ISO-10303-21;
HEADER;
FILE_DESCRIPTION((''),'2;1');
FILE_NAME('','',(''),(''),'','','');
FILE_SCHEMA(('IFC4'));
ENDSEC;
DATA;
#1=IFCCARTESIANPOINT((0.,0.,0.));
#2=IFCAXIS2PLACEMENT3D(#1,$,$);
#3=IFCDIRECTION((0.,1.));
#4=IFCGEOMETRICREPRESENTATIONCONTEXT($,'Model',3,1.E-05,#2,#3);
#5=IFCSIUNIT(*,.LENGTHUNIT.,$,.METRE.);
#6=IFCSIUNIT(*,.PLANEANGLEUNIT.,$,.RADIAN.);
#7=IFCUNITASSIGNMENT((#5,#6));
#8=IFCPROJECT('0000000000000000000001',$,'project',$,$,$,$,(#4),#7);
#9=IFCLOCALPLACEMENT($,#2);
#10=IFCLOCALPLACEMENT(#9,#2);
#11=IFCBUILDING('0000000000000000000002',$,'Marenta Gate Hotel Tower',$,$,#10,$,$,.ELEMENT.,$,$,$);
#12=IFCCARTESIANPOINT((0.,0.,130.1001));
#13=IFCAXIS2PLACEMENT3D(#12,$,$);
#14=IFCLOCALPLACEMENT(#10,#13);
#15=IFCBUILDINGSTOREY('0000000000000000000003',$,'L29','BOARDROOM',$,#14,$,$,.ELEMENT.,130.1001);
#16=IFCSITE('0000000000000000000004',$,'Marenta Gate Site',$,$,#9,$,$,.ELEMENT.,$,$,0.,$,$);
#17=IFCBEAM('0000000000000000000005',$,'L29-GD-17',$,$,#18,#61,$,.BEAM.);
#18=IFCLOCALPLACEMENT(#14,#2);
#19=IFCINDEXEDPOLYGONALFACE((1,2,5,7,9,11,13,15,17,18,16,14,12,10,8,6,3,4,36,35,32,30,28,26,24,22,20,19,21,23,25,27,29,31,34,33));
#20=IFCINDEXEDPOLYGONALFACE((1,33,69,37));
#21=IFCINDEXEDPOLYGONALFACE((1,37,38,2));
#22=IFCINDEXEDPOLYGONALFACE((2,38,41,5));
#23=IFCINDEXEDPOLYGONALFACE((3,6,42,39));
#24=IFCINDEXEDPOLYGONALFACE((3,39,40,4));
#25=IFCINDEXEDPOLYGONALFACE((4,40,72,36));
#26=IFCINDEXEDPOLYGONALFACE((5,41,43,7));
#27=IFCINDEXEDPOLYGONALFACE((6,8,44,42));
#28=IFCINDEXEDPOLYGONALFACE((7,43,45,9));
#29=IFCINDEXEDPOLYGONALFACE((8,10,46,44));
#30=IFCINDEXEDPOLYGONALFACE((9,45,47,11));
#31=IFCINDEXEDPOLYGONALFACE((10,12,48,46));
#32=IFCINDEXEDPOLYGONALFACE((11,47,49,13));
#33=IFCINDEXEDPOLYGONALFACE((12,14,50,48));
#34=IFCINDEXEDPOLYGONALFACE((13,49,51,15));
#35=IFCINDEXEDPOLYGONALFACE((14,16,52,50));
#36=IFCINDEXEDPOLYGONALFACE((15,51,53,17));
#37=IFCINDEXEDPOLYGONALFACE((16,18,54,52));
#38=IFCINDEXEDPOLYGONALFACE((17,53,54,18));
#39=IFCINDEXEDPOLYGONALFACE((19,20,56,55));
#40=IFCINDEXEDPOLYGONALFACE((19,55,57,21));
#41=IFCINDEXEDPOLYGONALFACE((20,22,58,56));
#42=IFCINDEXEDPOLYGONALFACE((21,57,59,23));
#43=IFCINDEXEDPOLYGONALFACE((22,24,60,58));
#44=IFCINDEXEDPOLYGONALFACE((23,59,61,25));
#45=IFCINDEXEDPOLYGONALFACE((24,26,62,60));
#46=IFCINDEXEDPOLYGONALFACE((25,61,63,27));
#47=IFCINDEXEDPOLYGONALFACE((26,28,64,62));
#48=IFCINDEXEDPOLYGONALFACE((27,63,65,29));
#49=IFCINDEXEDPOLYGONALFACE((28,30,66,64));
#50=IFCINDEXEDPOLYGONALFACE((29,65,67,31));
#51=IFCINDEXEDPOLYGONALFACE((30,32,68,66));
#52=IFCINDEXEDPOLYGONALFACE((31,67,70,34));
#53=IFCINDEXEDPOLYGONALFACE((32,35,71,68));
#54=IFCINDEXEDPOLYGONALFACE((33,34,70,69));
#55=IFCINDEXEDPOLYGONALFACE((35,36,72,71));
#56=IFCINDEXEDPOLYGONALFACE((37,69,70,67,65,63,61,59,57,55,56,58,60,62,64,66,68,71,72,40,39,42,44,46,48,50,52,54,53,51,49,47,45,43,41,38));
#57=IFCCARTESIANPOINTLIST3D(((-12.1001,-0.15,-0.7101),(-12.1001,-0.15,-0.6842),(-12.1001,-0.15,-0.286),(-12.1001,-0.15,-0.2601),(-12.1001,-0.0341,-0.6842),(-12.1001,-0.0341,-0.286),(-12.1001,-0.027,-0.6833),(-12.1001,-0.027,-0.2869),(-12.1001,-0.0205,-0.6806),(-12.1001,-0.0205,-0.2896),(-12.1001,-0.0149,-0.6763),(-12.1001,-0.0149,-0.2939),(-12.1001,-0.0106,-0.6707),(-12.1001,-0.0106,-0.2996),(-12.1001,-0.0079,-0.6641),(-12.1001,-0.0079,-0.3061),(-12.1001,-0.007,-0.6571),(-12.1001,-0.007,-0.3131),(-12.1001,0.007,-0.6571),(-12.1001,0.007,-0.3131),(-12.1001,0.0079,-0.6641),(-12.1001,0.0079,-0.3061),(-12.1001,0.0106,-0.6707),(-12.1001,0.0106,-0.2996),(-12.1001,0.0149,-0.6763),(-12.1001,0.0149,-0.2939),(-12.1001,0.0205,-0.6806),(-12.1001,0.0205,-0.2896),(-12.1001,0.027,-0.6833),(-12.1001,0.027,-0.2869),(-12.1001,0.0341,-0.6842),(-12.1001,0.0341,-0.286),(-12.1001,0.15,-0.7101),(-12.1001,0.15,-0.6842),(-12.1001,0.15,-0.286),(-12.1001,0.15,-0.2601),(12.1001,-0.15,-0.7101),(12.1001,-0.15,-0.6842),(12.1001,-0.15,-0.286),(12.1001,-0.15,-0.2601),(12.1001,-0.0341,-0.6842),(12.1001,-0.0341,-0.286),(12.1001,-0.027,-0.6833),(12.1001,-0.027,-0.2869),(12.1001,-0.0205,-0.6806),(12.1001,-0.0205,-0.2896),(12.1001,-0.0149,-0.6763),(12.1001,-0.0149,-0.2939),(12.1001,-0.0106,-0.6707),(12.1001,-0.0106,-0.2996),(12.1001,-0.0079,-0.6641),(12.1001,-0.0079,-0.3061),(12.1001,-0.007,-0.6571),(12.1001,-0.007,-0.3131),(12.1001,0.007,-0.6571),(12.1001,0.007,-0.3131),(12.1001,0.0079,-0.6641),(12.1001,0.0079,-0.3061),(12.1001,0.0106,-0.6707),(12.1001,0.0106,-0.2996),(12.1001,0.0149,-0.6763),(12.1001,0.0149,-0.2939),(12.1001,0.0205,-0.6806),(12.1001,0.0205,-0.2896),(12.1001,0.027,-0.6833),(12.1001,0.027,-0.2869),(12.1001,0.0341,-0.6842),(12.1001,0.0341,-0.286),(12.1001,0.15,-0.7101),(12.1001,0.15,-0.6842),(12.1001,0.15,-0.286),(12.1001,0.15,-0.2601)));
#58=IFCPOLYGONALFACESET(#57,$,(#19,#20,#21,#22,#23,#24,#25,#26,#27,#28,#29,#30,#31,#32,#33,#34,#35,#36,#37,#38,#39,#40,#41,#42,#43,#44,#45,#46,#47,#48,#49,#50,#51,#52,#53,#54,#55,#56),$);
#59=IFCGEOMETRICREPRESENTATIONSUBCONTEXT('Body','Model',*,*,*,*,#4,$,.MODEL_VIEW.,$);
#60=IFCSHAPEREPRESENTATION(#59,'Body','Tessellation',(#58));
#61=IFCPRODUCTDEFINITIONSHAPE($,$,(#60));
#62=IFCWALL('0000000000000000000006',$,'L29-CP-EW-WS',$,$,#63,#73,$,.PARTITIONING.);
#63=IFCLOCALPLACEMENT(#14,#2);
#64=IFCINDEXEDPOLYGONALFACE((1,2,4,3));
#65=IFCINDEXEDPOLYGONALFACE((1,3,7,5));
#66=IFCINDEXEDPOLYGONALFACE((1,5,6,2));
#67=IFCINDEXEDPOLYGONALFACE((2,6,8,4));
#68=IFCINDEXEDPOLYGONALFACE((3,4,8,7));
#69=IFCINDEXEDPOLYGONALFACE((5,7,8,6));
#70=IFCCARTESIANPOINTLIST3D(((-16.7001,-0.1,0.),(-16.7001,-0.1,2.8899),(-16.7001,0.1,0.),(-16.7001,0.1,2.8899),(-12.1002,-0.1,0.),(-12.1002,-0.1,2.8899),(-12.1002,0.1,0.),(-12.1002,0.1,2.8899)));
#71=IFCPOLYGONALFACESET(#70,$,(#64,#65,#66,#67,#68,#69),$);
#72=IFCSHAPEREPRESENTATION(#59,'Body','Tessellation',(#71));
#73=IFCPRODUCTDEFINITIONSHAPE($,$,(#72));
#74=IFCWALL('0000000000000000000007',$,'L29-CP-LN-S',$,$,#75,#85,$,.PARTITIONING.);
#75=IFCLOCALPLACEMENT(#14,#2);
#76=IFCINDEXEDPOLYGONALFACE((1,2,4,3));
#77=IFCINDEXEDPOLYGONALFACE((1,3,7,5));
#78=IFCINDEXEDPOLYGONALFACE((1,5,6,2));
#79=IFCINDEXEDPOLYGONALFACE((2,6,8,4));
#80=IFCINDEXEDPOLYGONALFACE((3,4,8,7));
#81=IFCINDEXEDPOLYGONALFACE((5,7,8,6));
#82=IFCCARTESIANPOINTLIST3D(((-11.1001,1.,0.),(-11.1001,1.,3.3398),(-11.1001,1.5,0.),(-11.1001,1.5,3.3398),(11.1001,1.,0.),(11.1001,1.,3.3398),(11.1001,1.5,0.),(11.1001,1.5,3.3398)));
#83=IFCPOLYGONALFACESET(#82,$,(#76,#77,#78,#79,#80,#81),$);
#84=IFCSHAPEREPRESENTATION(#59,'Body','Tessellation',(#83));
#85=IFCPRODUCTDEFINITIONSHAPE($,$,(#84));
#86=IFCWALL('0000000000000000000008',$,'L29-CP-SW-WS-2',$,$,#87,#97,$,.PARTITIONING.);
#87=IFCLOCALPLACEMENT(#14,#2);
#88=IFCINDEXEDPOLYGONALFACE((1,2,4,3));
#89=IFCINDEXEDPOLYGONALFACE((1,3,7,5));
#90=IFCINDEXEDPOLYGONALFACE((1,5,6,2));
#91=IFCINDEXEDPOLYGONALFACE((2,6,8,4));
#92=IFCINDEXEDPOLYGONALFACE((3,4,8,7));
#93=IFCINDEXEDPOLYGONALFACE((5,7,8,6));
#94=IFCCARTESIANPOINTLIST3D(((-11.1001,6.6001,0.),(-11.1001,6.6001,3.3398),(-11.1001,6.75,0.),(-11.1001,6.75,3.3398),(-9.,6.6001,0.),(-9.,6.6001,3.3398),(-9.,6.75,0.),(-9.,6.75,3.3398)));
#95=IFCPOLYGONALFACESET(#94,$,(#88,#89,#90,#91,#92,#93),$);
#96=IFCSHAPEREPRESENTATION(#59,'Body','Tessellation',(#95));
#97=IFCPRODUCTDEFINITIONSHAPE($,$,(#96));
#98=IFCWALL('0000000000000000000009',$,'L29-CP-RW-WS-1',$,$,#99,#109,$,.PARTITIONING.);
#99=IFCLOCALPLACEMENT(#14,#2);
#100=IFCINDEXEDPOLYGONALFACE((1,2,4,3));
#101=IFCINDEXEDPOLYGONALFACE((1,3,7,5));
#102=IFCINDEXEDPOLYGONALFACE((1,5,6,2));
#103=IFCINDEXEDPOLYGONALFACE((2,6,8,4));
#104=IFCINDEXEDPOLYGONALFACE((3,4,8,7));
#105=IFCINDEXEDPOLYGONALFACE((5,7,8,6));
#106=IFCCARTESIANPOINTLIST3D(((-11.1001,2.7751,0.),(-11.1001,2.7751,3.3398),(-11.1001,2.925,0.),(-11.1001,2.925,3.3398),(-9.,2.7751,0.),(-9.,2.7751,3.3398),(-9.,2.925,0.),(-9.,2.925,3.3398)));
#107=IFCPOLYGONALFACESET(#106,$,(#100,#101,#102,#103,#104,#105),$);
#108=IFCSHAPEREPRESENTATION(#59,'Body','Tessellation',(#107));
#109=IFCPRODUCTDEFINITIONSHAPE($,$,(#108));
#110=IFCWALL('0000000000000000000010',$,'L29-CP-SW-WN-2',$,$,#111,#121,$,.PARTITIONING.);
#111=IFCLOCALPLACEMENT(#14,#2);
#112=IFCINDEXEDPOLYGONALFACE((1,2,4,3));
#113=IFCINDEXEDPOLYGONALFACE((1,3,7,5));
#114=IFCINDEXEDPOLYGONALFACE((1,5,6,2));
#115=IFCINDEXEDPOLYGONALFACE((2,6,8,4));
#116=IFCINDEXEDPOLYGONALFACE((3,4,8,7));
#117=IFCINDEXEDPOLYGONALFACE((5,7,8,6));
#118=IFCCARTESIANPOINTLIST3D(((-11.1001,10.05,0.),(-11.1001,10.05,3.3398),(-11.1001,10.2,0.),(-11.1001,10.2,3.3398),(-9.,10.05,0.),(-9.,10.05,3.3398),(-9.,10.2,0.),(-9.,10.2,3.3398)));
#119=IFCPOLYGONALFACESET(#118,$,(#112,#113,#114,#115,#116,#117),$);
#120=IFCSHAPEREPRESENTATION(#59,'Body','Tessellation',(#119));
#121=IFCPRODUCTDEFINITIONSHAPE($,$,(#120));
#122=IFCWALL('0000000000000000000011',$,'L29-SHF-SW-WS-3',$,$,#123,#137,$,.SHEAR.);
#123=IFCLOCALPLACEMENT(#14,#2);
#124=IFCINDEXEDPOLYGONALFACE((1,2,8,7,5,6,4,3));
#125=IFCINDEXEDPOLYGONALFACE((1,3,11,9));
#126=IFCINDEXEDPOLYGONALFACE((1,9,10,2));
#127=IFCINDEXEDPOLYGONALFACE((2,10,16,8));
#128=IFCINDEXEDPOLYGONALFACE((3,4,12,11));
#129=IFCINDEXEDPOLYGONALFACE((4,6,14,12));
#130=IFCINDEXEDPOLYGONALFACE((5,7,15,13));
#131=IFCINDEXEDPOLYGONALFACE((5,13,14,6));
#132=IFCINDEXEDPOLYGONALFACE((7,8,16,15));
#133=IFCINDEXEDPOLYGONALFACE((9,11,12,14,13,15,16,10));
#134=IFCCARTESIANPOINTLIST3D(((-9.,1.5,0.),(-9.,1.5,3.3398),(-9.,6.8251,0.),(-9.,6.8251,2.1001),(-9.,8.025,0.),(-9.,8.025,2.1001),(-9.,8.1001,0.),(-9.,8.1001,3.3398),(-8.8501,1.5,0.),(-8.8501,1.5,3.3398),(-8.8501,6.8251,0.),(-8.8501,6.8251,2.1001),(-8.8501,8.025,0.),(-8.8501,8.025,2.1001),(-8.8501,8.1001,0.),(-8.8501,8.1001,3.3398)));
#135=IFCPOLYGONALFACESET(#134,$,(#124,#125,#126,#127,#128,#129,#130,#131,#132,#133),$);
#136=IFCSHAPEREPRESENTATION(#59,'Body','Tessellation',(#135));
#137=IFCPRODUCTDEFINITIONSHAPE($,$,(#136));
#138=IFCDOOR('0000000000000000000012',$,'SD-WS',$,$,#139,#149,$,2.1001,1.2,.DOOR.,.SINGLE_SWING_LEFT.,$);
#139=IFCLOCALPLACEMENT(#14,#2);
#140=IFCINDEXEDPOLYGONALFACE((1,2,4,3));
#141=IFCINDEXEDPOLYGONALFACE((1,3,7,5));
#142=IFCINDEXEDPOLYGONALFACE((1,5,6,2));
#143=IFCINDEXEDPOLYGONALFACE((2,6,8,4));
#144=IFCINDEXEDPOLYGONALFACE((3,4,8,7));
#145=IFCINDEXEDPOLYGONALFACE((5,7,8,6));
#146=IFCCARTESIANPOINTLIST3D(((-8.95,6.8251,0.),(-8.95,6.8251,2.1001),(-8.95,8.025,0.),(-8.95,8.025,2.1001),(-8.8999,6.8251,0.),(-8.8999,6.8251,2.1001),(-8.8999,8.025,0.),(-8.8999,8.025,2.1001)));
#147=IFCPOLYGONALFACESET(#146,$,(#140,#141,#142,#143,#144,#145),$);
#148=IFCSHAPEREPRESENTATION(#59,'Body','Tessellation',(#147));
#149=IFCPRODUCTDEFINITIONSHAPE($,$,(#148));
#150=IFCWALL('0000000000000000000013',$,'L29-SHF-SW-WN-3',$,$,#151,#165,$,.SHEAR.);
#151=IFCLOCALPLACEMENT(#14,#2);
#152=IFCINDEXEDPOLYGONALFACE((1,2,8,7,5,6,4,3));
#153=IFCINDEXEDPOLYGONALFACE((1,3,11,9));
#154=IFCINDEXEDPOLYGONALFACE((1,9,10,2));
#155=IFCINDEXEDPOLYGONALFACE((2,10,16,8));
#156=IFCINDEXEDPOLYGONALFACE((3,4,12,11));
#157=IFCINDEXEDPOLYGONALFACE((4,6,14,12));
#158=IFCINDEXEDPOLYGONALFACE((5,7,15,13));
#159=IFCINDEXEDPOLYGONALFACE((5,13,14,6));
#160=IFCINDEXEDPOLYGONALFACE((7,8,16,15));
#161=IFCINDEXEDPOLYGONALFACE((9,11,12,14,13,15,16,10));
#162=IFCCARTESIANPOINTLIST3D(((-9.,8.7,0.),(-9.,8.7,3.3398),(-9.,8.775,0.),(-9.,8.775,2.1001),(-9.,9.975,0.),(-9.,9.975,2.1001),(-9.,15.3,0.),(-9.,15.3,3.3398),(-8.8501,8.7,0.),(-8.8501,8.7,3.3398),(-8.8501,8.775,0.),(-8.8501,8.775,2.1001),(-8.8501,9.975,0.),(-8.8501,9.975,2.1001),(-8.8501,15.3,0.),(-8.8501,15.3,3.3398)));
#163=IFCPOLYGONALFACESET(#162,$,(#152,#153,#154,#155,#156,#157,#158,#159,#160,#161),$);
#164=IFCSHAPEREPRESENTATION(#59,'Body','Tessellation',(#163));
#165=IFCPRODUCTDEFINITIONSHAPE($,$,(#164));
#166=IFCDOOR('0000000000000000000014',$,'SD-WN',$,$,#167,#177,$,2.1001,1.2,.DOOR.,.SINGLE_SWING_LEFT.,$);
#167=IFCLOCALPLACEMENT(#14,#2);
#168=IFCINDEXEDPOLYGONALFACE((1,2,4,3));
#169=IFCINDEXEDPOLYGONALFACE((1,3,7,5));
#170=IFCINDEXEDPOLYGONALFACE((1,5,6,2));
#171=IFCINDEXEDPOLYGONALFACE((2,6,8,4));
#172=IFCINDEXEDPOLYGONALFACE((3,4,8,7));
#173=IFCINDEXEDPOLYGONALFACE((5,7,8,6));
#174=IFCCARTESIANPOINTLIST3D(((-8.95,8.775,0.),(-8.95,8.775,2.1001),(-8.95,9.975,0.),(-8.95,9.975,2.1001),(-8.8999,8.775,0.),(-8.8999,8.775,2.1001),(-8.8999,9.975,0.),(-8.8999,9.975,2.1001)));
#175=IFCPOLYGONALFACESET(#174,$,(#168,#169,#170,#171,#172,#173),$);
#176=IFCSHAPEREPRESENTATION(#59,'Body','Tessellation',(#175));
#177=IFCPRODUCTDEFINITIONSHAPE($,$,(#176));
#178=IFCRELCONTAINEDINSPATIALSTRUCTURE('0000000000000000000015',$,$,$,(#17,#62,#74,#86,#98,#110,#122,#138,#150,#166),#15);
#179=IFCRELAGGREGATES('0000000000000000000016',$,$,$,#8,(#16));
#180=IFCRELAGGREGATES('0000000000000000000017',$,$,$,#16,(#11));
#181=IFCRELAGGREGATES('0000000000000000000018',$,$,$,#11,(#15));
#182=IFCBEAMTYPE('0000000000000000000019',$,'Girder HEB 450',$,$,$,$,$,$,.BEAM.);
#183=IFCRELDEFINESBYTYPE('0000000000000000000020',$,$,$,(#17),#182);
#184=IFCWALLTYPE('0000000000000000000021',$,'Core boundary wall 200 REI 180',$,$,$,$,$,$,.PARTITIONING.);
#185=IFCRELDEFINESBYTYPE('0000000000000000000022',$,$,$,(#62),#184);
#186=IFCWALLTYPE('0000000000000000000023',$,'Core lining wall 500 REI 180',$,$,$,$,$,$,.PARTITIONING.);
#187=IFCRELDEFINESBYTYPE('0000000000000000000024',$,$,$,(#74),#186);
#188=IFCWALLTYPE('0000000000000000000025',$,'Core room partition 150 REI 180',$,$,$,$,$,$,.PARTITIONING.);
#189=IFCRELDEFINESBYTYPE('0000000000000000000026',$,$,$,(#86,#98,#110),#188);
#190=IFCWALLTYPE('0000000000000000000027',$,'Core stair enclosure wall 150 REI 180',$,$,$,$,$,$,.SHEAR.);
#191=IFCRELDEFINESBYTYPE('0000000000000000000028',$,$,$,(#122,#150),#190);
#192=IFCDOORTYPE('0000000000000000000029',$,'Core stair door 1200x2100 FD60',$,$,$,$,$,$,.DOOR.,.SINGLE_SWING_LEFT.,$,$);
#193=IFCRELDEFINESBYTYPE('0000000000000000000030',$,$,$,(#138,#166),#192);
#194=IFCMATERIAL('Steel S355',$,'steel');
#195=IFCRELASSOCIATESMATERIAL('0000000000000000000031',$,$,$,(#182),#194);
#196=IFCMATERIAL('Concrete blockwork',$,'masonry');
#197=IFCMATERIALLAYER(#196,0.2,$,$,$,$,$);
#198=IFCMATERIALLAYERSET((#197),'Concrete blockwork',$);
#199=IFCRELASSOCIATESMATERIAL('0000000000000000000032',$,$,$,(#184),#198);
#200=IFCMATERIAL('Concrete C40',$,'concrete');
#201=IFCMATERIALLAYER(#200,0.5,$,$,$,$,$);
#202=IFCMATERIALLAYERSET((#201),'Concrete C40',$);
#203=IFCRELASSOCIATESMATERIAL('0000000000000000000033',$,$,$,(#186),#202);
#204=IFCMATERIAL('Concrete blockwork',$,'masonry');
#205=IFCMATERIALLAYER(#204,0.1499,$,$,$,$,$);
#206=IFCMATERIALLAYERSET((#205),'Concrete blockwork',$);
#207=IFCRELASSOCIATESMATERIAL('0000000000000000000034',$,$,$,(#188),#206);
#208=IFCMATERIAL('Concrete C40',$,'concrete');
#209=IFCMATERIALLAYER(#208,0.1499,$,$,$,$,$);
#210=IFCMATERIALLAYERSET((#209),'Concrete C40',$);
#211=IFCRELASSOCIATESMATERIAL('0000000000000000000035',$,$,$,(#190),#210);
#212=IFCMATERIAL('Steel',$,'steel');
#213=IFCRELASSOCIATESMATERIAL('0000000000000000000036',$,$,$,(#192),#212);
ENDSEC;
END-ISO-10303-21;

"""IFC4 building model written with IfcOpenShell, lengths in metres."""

from ifc_helpers import new_model, si_unit, direction, frame, frame_2d, origin, origin_2d, place, context, subcontext, project, spatial, rectangle, i_section, extrude, material, layer, layer_set, material_profile, profile_set, type_object, element, fill, save


model = new_model("IFC4")

# Units and contexts
model_context = context("Model", 3, precision=1e-05, world=origin(), true_north=direction((0.0, 1.0)))
body_context = subcontext(model_context, "Body", "Model", "MODEL_VIEW")
ifc_project = project(units=[si_unit("LENGTHUNIT", "METRE"), si_unit("PLANEANGLEUNIT", "RADIAN")], contexts=[model_context])

# Site, building, storey
site_placement = place(None, origin())
site = spatial("IfcSite", under=ifc_project, at=site_placement, Name="Marenta Gate Site", CompositionType="ELEMENT", RefElevation=0.0)
building_placement = place(site_placement, origin())
building = spatial("IfcBuilding", under=site, at=building_placement, Name="Marenta Gate Hotel Tower", CompositionType="ELEMENT")
storey_placement = place(building_placement, frame((0.0, 0.0, 130.1001)))
storey = spatial("IfcBuildingStorey", under=building, at=storey_placement, Name="L29", Description="BOARDROOM", CompositionType="ELEMENT", Elevation=130.1001)

# Beam
ifc_material_1 = material(Name="Steel S355", Category="steel")
ifc_material_profile = material_profile(ifc_material_1, i_section(OverallWidth=0.3, OverallDepth=0.45, WebThickness=0.0139, FlangeThickness=0.0259, FilletRadius=0.0271, at=origin_2d()), Name="HEB 450")
ifc_profile_set = profile_set([ifc_material_profile], Name="Steel S355")
beam_type = type_object("IfcBeamType", Name="Girder HEB 450", PredefinedType="BEAM", material=ifc_profile_set)
beam_placement = place(storey_placement, frame((-12.1001, 0.0, -0.4851), z_axis=(1.0, 0.0, 0.0), x_axis=(0.0, 1.0, 0.0)))
element("IfcBeam", 1, at=beam_placement, inside=storey, type_object=beam_type, Name="L29-GD-17", PredefinedType="BEAM", context=body_context, shape_type="SweptSolid", body=[
    extrude(i_section(OverallWidth=0.3, OverallDepth=0.45, WebThickness=0.0139, FlangeThickness=0.0259, FilletRadius=0.0271, at=origin_2d()), origin(), (0.0, 0.0, 1.0), 24.2002),
])

# Walls
ifc_material_2 = material(Name="Concrete blockwork", Category="masonry")
ifc_layer_1 = layer(ifc_material_2, 0.2)
ifc_layer_set_1 = layer_set([ifc_layer_1], Name="Concrete blockwork")
wall_type_1 = type_object("IfcWallType", Name="Core boundary wall 200 REI 180", PredefinedType="PARTITIONING", material=ifc_layer_set_1)
wall_1_placement = place(storey_placement, frame((-16.7, 0.0, 0.0), z_axis=(0.0, 0.0, 1.0), x_axis=(1.0, 0.0, 0.0)))
element("IfcWall", 2, at=wall_1_placement, inside=storey, type_object=wall_type_1, Name="L29-CP-EW-WS", PredefinedType="PARTITIONING", context=body_context, shape_type="SweptSolid", body=[
    extrude(rectangle(XDim=4.5999, YDim=0.2, at=frame_2d((2.2998, 0.0))), origin(), (0.0, 0.0, 1.0), 2.8899),
])
ifc_material_3 = material(Name="Concrete C40", Category="concrete")
ifc_layer_2 = layer(ifc_material_3, 0.5)
ifc_layer_set_2 = layer_set([ifc_layer_2], Name="Concrete C40")
wall_type_2 = type_object("IfcWallType", Name="Core lining wall 500 REI 180", PredefinedType="PARTITIONING", material=ifc_layer_set_2)
wall_2_placement = place(storey_placement, frame((-11.1001, 1.25, 0.0), z_axis=(0.0, 0.0, 1.0), x_axis=(1.0, 0.0, 0.0)))
element("IfcWall", 3, at=wall_2_placement, inside=storey, type_object=wall_type_2, Name="L29-CP-LN-S", PredefinedType="PARTITIONING", context=body_context, shape_type="SweptSolid", body=[
    extrude(rectangle(XDim=22.2002, YDim=0.5, at=frame_2d((11.1001, 0.0))), origin(), (0.0, 0.0, 1.0), 3.3398),
])
ifc_material_4 = material(Name="Concrete blockwork", Category="masonry")
ifc_layer_3 = layer(ifc_material_4, 0.1499)
ifc_layer_set_3 = layer_set([ifc_layer_3], Name="Concrete blockwork")
wall_type_3 = type_object("IfcWallType", Name="Core room partition 150 REI 180", PredefinedType="PARTITIONING", material=ifc_layer_set_3)
for number, where, z_axis, x_axis, name in (
    (4, (-11.1001, 6.675, 0.0), (0.0, 0.0, 1.0), (1.0, 0.0, 0.0), "L29-CP-SW-WS-2"),
    (5, (-11.1001, 2.8501, 0.0), (0.0, 0.0, 1.0), (1.0, 0.0, 0.0), "L29-CP-RW-WS-1"),
    (6, (-11.1001, 10.125, 0.0), (0.0, 0.0, 1.0), (1.0, 0.0, 0.0), "L29-CP-SW-WN-2"),
):
    element("IfcWall", number, at=place(storey_placement, frame(where, z_axis=z_axis, x_axis=x_axis)), inside=storey, type_object=wall_type_3, Name=name, PredefinedType="PARTITIONING", context=body_context, shape_type="SweptSolid", body=[
        extrude(rectangle(XDim=2.1001, YDim=0.1499, at=frame_2d((1.05, 0.0))), origin(), (0.0, 0.0, 1.0), 3.3398),
    ])

# Walls, openings, doors
ifc_material_5 = material(Name="Concrete C40", Category="concrete")
ifc_layer_4 = layer(ifc_material_5, 0.1499)
ifc_layer_set_4 = layer_set([ifc_layer_4], Name="Concrete C40")
wall_type_4 = type_object("IfcWallType", Name="Core stair enclosure wall 150 REI 180", PredefinedType="SHEAR", material=ifc_layer_set_4)
wall_3_placement = place(storey_placement, frame((-8.925, 1.5, 0.0), z_axis=(0.0, 0.0, 1.0), x_axis=(0.0, 1.0, 0.0)))
wall_3 = element("IfcWall", 7, at=wall_3_placement, inside=storey, type_object=wall_type_4, Name="L29-SHF-SW-WS-3", PredefinedType="SHEAR", context=body_context, shape_type="SweptSolid", body=[
    extrude(rectangle(XDim=6.6001, YDim=0.1499, at=frame_2d((3.3, 0.0))), origin(), (0.0, 0.0, 1.0), 3.3398),
])
opening_1_placement = place(wall_3_placement, frame((5.325, 0.0, 0.0)))
opening_1 = element("IfcOpeningElement", 8, at=opening_1_placement, cuts=wall_3, PredefinedType="OPENING", context=body_context, shape_type="SweptSolid", body=[
    extrude(rectangle(XDim=1.2, YDim=2.1001, at=frame_2d((0.6001, 1.05))), frame((0.0, 0.075, 0.0), z_axis=(0.0, -1.0, 0.0), x_axis=(1.0, 0.0, 0.0)), (0.0, 0.0, 1.0), 0.1499),
])
ifc_material_6 = material(Name="Steel", Category="steel")
door_type_1 = type_object("IfcDoorType", Name="Core stair door 1200x2100 FD60", OperationType="SINGLE_SWING_LEFT", PredefinedType="DOOR", material=ifc_material_6)
door_1_placement = place(opening_1_placement, origin())
door_1 = element("IfcDoor", 9, at=door_1_placement, inside=storey, type_object=door_type_1, Name="SD-WS", OperationType="SINGLE_SWING_LEFT", OverallHeight=2.1001, OverallWidth=1.2, PredefinedType="DOOR", context=body_context, shape_type="SweptSolid", body=[
    extrude(rectangle(XDim=1.2, YDim=2.1001, at=frame_2d((0.6001, 1.05))), frame((0.0, 0.0249, 0.0), z_axis=(0.0, -1.0, 0.0), x_axis=(1.0, 0.0, 0.0)), (0.0, 0.0, 1.0), 0.05),
])
fill(opening_1, door_1)
wall_4_placement = place(storey_placement, frame((-8.925, 8.7, 0.0), z_axis=(0.0, 0.0, 1.0), x_axis=(0.0, 1.0, 0.0)))
wall_4 = element("IfcWall", 10, at=wall_4_placement, inside=storey, type_object=wall_type_4, Name="L29-SHF-SW-WN-3", PredefinedType="SHEAR", context=body_context, shape_type="SweptSolid", body=[
    extrude(rectangle(XDim=6.6001, YDim=0.1499, at=frame_2d((3.3, 0.0))), origin(), (0.0, 0.0, 1.0), 3.3398),
])
opening_2_placement = place(wall_4_placement, frame((0.075, 0.0, 0.0)))
opening_2 = element("IfcOpeningElement", 11, at=opening_2_placement, cuts=wall_4, PredefinedType="OPENING", context=body_context, shape_type="SweptSolid", body=[
    extrude(rectangle(XDim=1.2, YDim=2.1001, at=frame_2d((0.6001, 1.05))), frame((0.0, 0.075, 0.0), z_axis=(0.0, -1.0, 0.0), x_axis=(1.0, 0.0, 0.0)), (0.0, 0.0, 1.0), 0.1499),
])
door_2_placement = place(opening_2_placement, origin())
door_2 = element("IfcDoor", 12, at=door_2_placement, inside=storey, type_object=door_type_1, Name="SD-WN", OperationType="SINGLE_SWING_LEFT", OverallHeight=2.1001, OverallWidth=1.2, PredefinedType="DOOR", context=body_context, shape_type="SweptSolid", body=[
    extrude(rectangle(XDim=1.2, YDim=2.1001, at=frame_2d((0.6001, 1.05))), frame((0.0, 0.0249, 0.0), z_axis=(0.0, -1.0, 0.0), x_axis=(1.0, 0.0, 0.0)), (0.0, 0.0, 1.0), 0.05),
])
fill(opening_2, door_2)

save(model, "model.ifc")
